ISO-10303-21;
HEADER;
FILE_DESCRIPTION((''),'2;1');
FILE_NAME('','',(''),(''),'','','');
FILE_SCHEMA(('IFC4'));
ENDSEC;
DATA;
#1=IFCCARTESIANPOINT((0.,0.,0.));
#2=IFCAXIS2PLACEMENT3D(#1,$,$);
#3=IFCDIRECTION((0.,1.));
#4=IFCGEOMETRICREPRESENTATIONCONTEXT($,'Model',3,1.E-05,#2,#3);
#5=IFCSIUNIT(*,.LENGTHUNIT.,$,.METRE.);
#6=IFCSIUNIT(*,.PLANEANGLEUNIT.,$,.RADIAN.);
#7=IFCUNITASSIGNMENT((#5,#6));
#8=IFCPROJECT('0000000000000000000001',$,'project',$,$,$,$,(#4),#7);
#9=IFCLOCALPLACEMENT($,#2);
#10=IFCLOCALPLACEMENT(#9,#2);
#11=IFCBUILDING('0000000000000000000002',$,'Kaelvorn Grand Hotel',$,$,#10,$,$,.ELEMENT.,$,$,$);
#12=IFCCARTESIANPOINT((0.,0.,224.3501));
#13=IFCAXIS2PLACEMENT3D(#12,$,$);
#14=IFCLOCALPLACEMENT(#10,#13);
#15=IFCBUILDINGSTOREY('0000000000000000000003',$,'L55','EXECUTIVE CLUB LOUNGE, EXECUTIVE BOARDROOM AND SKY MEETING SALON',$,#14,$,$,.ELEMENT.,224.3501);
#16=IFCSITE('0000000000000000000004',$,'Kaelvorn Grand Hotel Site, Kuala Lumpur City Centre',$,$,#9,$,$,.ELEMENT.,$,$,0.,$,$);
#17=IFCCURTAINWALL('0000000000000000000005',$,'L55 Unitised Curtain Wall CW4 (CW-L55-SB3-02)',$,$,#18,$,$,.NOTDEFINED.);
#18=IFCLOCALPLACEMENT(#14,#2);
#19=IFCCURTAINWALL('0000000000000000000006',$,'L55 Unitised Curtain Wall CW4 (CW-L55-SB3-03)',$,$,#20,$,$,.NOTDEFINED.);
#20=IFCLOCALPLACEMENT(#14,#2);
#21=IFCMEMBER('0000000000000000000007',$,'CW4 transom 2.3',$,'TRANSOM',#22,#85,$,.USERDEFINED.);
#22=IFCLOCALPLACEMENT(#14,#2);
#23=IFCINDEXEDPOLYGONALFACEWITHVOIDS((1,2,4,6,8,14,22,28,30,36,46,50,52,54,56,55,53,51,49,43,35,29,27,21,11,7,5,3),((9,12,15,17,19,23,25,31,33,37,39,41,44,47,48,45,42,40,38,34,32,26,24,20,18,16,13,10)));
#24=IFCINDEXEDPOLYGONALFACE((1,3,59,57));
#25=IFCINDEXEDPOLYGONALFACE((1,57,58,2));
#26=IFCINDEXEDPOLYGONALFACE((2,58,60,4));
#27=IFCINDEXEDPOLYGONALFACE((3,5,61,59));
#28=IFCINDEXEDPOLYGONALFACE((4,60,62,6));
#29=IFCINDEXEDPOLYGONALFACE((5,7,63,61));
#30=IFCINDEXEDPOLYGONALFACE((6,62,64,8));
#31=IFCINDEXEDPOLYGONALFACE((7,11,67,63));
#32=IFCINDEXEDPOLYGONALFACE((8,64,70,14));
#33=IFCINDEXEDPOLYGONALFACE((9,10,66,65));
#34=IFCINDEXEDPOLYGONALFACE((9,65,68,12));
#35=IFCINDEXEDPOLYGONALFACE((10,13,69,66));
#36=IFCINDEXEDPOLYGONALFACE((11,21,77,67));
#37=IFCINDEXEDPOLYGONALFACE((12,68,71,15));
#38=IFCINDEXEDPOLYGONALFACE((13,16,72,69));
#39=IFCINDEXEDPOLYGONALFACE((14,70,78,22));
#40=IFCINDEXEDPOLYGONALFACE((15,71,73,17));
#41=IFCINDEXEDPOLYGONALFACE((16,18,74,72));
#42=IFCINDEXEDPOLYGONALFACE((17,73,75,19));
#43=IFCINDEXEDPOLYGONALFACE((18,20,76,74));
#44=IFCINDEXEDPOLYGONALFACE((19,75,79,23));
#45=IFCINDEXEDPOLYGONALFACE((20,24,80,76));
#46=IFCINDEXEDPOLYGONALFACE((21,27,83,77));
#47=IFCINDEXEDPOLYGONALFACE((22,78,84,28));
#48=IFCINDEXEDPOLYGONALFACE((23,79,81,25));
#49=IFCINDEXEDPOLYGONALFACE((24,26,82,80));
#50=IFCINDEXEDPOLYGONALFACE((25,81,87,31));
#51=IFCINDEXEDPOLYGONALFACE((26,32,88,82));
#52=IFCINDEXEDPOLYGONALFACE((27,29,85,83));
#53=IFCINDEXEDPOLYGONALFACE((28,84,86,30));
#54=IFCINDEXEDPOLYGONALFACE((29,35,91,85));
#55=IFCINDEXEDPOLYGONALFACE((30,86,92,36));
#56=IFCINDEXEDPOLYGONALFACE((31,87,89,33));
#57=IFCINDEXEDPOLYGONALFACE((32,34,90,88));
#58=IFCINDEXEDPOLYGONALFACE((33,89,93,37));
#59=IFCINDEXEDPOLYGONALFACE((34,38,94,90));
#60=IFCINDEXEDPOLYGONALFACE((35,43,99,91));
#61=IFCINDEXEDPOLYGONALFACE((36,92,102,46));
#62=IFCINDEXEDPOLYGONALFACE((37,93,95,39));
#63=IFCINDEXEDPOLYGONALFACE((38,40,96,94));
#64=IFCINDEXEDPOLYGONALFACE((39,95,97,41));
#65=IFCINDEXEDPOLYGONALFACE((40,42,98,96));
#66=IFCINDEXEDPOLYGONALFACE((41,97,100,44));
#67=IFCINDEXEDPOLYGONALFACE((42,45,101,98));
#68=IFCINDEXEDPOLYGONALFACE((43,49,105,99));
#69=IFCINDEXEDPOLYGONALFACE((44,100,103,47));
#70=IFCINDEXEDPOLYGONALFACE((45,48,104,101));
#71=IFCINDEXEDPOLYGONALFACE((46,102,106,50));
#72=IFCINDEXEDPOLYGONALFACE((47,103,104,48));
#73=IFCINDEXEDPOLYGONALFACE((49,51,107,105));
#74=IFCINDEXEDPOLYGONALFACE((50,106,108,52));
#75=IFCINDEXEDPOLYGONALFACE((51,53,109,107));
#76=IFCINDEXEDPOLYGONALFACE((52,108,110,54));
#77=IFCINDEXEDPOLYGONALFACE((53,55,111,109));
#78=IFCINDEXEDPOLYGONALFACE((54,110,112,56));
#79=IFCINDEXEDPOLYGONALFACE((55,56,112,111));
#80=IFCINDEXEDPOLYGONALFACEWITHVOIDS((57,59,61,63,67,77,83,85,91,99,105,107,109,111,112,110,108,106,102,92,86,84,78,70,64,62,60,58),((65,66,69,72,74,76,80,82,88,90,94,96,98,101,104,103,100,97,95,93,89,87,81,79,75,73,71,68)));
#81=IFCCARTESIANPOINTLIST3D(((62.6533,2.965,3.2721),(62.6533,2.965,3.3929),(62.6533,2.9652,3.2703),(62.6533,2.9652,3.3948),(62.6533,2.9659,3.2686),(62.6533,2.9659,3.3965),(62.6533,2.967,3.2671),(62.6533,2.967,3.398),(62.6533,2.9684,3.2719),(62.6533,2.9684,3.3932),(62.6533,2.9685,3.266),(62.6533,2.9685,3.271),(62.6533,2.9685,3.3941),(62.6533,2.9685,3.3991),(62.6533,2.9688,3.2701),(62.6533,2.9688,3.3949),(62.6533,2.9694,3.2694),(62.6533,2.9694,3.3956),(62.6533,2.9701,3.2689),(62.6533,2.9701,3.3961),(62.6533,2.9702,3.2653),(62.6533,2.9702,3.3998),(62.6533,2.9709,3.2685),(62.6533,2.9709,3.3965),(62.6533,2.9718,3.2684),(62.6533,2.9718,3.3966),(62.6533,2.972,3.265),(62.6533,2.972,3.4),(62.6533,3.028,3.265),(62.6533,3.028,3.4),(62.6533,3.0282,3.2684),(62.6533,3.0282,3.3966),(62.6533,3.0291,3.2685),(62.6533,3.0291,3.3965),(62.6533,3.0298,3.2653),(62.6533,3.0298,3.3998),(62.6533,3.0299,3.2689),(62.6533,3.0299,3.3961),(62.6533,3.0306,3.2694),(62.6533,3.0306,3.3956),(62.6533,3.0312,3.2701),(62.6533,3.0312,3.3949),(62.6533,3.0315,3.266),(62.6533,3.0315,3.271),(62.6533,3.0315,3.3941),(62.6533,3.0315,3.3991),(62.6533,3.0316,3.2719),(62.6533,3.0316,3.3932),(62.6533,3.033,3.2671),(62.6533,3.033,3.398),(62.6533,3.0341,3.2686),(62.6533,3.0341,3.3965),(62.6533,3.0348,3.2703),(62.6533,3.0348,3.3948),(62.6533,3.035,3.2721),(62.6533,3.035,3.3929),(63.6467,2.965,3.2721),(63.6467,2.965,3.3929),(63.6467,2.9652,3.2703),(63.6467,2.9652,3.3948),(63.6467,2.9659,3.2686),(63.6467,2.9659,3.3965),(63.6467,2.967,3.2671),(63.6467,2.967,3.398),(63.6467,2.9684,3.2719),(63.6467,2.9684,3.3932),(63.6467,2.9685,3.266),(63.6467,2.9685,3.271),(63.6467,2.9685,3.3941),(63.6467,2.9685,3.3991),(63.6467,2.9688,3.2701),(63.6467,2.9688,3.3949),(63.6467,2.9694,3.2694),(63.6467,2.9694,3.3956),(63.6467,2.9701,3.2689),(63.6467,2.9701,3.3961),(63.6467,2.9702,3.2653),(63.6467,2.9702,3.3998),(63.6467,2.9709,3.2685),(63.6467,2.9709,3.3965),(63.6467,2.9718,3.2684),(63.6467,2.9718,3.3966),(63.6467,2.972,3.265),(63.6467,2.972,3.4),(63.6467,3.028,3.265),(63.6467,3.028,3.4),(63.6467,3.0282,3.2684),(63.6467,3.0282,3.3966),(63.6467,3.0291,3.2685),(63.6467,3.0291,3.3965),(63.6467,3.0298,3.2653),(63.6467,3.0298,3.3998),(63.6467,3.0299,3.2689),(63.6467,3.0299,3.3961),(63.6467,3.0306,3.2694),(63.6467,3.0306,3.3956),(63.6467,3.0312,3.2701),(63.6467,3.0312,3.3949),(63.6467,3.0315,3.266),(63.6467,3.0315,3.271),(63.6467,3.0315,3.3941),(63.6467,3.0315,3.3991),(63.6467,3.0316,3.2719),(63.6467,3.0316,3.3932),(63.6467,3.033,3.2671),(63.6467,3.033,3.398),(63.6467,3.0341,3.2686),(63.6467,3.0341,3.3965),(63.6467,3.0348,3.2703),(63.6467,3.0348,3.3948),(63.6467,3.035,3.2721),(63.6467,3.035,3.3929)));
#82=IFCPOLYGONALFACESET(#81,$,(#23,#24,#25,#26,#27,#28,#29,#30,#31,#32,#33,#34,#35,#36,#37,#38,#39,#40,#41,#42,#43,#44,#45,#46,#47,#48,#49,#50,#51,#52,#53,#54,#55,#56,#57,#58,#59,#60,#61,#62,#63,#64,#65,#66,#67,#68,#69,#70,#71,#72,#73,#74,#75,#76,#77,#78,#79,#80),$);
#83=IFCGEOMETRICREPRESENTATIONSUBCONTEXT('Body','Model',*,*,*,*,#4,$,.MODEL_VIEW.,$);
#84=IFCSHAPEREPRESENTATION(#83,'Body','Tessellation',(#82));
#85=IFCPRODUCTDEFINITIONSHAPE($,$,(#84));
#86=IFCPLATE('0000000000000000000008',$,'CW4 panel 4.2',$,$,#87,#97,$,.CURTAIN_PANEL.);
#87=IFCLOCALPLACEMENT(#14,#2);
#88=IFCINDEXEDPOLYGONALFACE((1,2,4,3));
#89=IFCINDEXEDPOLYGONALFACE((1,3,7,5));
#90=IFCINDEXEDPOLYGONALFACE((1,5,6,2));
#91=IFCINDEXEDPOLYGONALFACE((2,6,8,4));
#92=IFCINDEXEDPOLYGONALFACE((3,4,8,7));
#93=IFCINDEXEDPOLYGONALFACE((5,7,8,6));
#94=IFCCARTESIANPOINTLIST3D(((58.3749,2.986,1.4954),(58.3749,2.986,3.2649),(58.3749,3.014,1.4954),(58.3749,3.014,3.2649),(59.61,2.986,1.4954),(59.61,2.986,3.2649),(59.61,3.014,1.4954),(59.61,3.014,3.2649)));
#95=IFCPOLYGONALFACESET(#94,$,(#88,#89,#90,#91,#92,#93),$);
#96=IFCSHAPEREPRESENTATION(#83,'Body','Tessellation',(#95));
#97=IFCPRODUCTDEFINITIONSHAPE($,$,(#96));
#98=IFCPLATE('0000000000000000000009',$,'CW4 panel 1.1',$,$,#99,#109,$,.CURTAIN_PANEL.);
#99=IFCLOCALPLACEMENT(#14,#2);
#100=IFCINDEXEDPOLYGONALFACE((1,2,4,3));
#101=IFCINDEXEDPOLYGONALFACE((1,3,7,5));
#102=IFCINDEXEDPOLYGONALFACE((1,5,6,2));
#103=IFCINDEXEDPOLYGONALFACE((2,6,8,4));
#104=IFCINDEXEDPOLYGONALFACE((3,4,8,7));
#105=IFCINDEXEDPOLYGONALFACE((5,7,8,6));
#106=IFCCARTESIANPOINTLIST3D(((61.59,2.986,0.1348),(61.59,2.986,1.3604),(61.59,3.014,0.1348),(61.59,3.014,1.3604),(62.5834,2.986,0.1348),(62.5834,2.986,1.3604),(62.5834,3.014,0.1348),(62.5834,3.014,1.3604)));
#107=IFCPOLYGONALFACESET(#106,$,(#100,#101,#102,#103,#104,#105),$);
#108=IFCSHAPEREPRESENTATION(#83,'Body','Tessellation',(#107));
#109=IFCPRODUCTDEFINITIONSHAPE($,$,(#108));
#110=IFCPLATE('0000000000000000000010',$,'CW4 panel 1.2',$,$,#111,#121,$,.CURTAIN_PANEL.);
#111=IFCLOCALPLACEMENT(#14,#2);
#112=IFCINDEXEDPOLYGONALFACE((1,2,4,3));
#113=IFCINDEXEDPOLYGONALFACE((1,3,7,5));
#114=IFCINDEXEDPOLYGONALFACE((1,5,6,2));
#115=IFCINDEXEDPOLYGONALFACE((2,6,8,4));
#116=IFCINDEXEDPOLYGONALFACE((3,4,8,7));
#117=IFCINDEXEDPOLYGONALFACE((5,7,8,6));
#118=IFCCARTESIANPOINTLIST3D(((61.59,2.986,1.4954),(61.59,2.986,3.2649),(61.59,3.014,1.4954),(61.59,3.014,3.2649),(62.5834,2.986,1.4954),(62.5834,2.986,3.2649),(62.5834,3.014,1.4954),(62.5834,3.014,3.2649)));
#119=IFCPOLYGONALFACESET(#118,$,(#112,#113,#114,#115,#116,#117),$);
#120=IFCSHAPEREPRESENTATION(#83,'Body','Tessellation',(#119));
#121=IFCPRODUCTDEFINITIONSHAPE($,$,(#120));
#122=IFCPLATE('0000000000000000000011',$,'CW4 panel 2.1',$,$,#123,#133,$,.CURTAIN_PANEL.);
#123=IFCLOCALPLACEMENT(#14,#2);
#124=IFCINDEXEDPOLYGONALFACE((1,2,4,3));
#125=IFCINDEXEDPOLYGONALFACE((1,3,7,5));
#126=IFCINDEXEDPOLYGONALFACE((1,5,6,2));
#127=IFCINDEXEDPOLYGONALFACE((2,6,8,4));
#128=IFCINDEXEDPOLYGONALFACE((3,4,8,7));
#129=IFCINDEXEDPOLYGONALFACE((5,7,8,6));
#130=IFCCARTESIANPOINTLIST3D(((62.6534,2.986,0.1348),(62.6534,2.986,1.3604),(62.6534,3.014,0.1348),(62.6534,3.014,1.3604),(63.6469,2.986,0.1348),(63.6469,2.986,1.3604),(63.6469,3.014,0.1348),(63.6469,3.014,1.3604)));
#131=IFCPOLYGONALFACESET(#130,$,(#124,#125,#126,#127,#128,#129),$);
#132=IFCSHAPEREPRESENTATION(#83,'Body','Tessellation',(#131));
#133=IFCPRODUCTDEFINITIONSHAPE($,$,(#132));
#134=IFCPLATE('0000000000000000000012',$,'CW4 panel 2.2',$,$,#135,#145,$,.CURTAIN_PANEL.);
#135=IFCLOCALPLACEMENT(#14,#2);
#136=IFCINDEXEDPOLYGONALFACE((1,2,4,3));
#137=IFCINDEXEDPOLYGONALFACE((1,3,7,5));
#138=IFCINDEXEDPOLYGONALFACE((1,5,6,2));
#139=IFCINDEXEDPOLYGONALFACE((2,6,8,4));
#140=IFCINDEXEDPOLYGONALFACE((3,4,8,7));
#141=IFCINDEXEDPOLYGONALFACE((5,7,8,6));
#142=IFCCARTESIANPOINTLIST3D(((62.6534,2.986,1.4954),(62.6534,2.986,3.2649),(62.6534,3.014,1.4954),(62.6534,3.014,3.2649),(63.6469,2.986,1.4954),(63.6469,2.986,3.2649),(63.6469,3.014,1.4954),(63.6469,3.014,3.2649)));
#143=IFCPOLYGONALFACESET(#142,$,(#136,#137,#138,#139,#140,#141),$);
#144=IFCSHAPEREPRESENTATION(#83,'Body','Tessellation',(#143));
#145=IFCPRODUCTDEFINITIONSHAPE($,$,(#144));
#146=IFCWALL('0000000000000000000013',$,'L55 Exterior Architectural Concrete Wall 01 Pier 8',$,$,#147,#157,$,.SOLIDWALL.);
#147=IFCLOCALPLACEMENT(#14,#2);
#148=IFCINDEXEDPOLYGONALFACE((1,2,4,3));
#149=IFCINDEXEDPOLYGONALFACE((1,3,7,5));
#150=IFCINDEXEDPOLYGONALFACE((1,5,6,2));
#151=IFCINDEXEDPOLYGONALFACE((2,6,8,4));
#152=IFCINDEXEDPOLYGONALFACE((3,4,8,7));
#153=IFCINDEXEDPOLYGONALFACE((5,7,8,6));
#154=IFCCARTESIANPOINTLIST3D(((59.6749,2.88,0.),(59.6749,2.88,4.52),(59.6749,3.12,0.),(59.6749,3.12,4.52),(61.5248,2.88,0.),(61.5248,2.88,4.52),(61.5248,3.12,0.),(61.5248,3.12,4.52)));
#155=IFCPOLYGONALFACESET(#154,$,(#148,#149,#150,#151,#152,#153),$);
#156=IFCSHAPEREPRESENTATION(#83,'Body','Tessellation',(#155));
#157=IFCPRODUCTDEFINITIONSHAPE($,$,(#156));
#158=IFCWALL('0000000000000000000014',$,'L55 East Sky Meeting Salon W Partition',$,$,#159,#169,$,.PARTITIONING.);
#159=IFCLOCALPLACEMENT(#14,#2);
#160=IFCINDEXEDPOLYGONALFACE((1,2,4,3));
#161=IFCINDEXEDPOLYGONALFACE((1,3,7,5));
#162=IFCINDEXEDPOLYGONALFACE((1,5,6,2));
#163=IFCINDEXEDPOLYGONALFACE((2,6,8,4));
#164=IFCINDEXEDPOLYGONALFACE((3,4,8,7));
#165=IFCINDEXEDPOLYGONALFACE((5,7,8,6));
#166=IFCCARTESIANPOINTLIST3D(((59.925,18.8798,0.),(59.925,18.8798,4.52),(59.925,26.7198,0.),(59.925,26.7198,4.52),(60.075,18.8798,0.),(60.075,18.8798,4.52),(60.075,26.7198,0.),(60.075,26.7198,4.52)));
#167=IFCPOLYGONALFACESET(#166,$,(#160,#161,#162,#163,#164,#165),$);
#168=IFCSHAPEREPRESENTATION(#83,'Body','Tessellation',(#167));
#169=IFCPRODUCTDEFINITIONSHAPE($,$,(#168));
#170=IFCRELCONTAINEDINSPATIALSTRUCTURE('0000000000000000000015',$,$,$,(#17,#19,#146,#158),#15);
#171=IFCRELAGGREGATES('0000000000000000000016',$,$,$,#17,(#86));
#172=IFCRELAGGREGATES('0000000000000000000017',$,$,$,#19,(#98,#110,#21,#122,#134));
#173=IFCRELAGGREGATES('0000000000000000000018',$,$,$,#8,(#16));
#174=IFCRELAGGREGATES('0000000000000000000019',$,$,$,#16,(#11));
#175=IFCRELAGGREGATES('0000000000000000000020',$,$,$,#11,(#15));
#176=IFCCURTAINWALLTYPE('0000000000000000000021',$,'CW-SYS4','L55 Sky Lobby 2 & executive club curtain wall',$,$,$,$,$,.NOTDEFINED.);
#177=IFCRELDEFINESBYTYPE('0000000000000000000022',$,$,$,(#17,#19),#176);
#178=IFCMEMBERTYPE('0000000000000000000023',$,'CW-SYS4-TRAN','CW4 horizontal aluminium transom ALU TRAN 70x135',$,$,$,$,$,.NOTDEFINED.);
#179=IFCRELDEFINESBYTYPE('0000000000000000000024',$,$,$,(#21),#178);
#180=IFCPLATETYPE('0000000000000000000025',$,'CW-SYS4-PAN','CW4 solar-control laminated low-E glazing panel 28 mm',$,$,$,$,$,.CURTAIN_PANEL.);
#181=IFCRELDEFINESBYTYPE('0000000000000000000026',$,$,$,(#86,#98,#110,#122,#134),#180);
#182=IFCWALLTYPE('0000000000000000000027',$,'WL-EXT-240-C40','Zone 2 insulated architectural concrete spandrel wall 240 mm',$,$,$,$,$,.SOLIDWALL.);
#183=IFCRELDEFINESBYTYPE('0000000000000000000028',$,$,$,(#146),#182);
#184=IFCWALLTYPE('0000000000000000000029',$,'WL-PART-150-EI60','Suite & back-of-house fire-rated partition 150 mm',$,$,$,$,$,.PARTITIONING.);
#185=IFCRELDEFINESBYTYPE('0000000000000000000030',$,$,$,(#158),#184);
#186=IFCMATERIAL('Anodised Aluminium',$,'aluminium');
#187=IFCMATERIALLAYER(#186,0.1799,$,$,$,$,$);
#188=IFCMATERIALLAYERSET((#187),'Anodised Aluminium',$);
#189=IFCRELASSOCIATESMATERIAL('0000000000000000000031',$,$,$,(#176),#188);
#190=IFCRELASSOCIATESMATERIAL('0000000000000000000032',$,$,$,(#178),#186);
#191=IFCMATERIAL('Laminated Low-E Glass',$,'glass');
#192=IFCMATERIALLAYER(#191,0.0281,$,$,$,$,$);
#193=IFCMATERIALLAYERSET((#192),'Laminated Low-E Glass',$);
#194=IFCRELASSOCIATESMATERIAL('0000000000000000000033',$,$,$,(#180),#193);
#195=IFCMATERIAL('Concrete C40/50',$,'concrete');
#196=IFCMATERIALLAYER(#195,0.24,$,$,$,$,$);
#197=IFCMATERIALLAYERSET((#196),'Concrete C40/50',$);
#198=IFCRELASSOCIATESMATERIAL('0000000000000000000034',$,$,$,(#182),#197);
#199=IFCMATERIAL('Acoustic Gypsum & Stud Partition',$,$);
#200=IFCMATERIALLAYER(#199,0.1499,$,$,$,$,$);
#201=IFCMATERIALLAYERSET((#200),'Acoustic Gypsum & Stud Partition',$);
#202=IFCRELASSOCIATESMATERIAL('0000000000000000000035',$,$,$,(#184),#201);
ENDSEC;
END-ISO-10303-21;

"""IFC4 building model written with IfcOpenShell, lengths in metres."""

from ifc_helpers import new_model, si_unit, direction, frame, frame_2d, origin, origin_2d, place, context, subcontext, project, spatial, rectangle, hollow_rectangle, extrude, material, layer, layer_set, material_profile, profile_set, type_object, element, aggregate, save


model = new_model("IFC4")

# Units and contexts
model_context = context("Model", 3, precision=1e-05, world=origin(), true_north=direction((0.0, 1.0)))
body_context = subcontext(model_context, "Body", "Model", "MODEL_VIEW")
ifc_project = project(units=[si_unit("LENGTHUNIT", "METRE"), si_unit("PLANEANGLEUNIT", "RADIAN")], contexts=[model_context])

# Site, building, storey
site_placement = place(None, origin())
site = spatial("IfcSite", under=ifc_project, at=site_placement, Name="Kaelvorn Grand Hotel Site, Kuala Lumpur City Centre", CompositionType="ELEMENT", RefElevation=0.0)
building_placement = place(site_placement, origin())
building = spatial("IfcBuilding", under=site, at=building_placement, Name="Kaelvorn Grand Hotel", CompositionType="ELEMENT")
storey_placement = place(building_placement, frame((0.0, 0.0, 224.3501)))
storey = spatial("IfcBuildingStorey", under=building, at=storey_placement, Name="L55", Description="EXECUTIVE CLUB LOUNGE, EXECUTIVE BOARDROOM AND SKY MEETING SALON", CompositionType="ELEMENT", Elevation=224.3501)

# Curtain wall
ifc_material_1 = material(Name="Anodised Aluminium", Category="aluminium")
ifc_layer_1 = layer(ifc_material_1, 0.1799)
ifc_layer_set_1 = layer_set([ifc_layer_1], Name="Anodised Aluminium")
curtain_wall_type = type_object("IfcCurtainWallType", Name="CW-SYS4", Description="L55 Sky Lobby 2 & executive club curtain wall", PredefinedType="NOTDEFINED", material=ifc_layer_set_1)
curtain_wall_1_placement = place(storey_placement, origin())
curtain_wall_1 = element("IfcCurtainWall", 1, at=curtain_wall_1_placement, inside=storey, type_object=curtain_wall_type, Name="L55 Unitised Curtain Wall CW4 (CW-L55-SB3-02)", PredefinedType="NOTDEFINED")

# Curtain wall, member
curtain_wall_2_placement = place(storey_placement, origin())
curtain_wall_2 = element("IfcCurtainWall", 2, at=curtain_wall_2_placement, inside=storey, type_object=curtain_wall_type, Name="L55 Unitised Curtain Wall CW4 (CW-L55-SB3-03)", PredefinedType="NOTDEFINED")
ifc_material_profile_1 = material_profile(ifc_material_1, hollow_rectangle(XDim=0.0701, YDim=0.135, WallThickness=0.0034, InnerFilletRadius=0.0034, OuterFilletRadius=0.0071, at=origin_2d()), Name="ALU TRAN 70x135")
ifc_profile_set_1 = profile_set([ifc_material_profile_1], Name="Anodised Aluminium")
member_type_1 = type_object("IfcMemberType", Name="CW-SYS4-TRAN", Description="CW4 horizontal aluminium transom ALU TRAN 70x135", PredefinedType="NOTDEFINED", material=ifc_profile_set_1)
member_1_placement = place(storey_placement, frame((62.6533, 3.0, 3.3325), z_axis=(1.0, 0.0, 0.0), x_axis=(0.0, 1.0, 0.0)))
member_1 = element("IfcMember", 3, at=member_1_placement, type_object=member_type_1, Name="CW4 transom 2.3", ObjectType="TRANSOM", PredefinedType="USERDEFINED", context=body_context, shape_type="SweptSolid", body=[
    extrude(hollow_rectangle(XDim=0.0701, YDim=0.135, WallThickness=0.0034, InnerFilletRadius=0.0034, OuterFilletRadius=0.0071, at=origin_2d()), origin(), (0.0, 0.0, 1.0), 0.9934),
])

# Plates
ifc_material_2 = material(Name="Laminated Low-E Glass", Category="glass")
ifc_layer_2 = layer(ifc_material_2, 0.0281)
ifc_layer_set_2 = layer_set([ifc_layer_2], Name="Laminated Low-E Glass")
plate_type = type_object("IfcPlateType", Name="CW-SYS4-PAN", Description="CW4 solar-control laminated low-E glazing panel 28 mm", PredefinedType="CURTAIN_PANEL", material=ifc_layer_set_2)
plate_1_placement = place(storey_placement, frame((58.9924, 3.0, 1.4954), z_axis=(0.0, 0.0, 1.0), x_axis=(1.0, 0.0, 0.0)))
plate_1 = element("IfcPlate", 4, at=plate_1_placement, type_object=plate_type, Name="CW4 panel 4.2", PredefinedType="CURTAIN_PANEL", context=body_context, shape_type="SweptSolid", body=[
    extrude(rectangle(XDim=1.2351, YDim=0.0281, at=origin_2d()), origin(), (0.0, 0.0, 1.0), 1.7695),
])
aggregate(curtain_wall_1, [plate_1])
plate_2_placement = place(storey_placement, frame((62.0867, 3.0, 0.1348), z_axis=(0.0, 0.0, 1.0), x_axis=(1.0, 0.0, 0.0)))
plate_2 = element("IfcPlate", 5, at=plate_2_placement, type_object=plate_type, Name="CW4 panel 1.1", PredefinedType="CURTAIN_PANEL", context=body_context, shape_type="SweptSolid", body=[
    extrude(rectangle(XDim=0.9934, YDim=0.0281, at=origin_2d()), origin(), (0.0, 0.0, 1.0), 1.2256),
])
plate_3_placement = place(storey_placement, frame((62.0867, 3.0, 1.4954), z_axis=(0.0, 0.0, 1.0), x_axis=(1.0, 0.0, 0.0)))
plate_3 = element("IfcPlate", 6, at=plate_3_placement, type_object=plate_type, Name="CW4 panel 1.2", PredefinedType="CURTAIN_PANEL", context=body_context, shape_type="SweptSolid", body=[
    extrude(rectangle(XDim=0.9934, YDim=0.0281, at=origin_2d()), origin(), (0.0, 0.0, 1.0), 1.7695),
])
plate_4_placement = place(storey_placement, frame((63.1501, 3.0, 0.1348), z_axis=(0.0, 0.0, 1.0), x_axis=(1.0, 0.0, 0.0)))
plate_4 = element("IfcPlate", 7, at=plate_4_placement, type_object=plate_type, Name="CW4 panel 2.1", PredefinedType="CURTAIN_PANEL", context=body_context, shape_type="SweptSolid", body=[
    extrude(rectangle(XDim=0.9934, YDim=0.0281, at=origin_2d()), origin(), (0.0, 0.0, 1.0), 1.2256),
])
plate_5_placement = place(storey_placement, frame((63.1501, 3.0, 1.4954), z_axis=(0.0, 0.0, 1.0), x_axis=(1.0, 0.0, 0.0)))
plate_5 = element("IfcPlate", 8, at=plate_5_placement, type_object=plate_type, Name="CW4 panel 2.2", PredefinedType="CURTAIN_PANEL", context=body_context, shape_type="SweptSolid", body=[
    extrude(rectangle(XDim=0.9934, YDim=0.0281, at=origin_2d()), origin(), (0.0, 0.0, 1.0), 1.7695),
])
aggregate(curtain_wall_2, [plate_2, plate_3, member_1, plate_4, plate_5])

# Walls
ifc_material_3 = material(Name="Concrete C40/50", Category="concrete")
ifc_layer_3 = layer(ifc_material_3, 0.24)
ifc_layer_set_3 = layer_set([ifc_layer_3], Name="Concrete C40/50")
wall_type_1 = type_object("IfcWallType", Name="WL-EXT-240-C40", Description="Zone 2 insulated architectural concrete spandrel wall 240 mm", PredefinedType="SOLIDWALL", material=ifc_layer_set_3)
wall_1_placement = place(storey_placement, frame((59.675, 3.0, 0.0), z_axis=(0.0, 0.0, 1.0), x_axis=(1.0, 0.0, 0.0)))
element("IfcWall", 9, at=wall_1_placement, inside=storey, type_object=wall_type_1, Name="L55 Exterior Architectural Concrete Wall 01 Pier 8", PredefinedType="SOLIDWALL", context=body_context, shape_type="SweptSolid", body=[
    extrude(rectangle(XDim=1.8499, YDim=0.24, at=frame_2d((0.9248, 0.0))), origin(), (0.0, 0.0, 1.0), 4.52),
])
ifc_material_4 = material(Name="Acoustic Gypsum & Stud Partition")
ifc_layer_4 = layer(ifc_material_4, 0.1499)
ifc_layer_set_4 = layer_set([ifc_layer_4], Name="Acoustic Gypsum & Stud Partition")
wall_type_2 = type_object("IfcWallType", Name="WL-PART-150-EI60", Description="Suite & back-of-house fire-rated partition 150 mm", PredefinedType="PARTITIONING", material=ifc_layer_set_4)
wall_2_placement = place(storey_placement, frame((60.0, 18.8799, 0.0), z_axis=(0.0, 0.0, 1.0), x_axis=(0.0, 1.0, 0.0)))
element("IfcWall", 10, at=wall_2_placement, inside=storey, type_object=wall_type_2, Name="L55 East Sky Meeting Salon W Partition", PredefinedType="PARTITIONING", context=body_context, shape_type="SweptSolid", body=[
    extrude(rectangle(XDim=7.8401, YDim=0.1499, at=frame_2d((3.9199, 0.0))), origin(), (0.0, 0.0, 1.0), 4.52),
])

save(model, "model.ifc")
